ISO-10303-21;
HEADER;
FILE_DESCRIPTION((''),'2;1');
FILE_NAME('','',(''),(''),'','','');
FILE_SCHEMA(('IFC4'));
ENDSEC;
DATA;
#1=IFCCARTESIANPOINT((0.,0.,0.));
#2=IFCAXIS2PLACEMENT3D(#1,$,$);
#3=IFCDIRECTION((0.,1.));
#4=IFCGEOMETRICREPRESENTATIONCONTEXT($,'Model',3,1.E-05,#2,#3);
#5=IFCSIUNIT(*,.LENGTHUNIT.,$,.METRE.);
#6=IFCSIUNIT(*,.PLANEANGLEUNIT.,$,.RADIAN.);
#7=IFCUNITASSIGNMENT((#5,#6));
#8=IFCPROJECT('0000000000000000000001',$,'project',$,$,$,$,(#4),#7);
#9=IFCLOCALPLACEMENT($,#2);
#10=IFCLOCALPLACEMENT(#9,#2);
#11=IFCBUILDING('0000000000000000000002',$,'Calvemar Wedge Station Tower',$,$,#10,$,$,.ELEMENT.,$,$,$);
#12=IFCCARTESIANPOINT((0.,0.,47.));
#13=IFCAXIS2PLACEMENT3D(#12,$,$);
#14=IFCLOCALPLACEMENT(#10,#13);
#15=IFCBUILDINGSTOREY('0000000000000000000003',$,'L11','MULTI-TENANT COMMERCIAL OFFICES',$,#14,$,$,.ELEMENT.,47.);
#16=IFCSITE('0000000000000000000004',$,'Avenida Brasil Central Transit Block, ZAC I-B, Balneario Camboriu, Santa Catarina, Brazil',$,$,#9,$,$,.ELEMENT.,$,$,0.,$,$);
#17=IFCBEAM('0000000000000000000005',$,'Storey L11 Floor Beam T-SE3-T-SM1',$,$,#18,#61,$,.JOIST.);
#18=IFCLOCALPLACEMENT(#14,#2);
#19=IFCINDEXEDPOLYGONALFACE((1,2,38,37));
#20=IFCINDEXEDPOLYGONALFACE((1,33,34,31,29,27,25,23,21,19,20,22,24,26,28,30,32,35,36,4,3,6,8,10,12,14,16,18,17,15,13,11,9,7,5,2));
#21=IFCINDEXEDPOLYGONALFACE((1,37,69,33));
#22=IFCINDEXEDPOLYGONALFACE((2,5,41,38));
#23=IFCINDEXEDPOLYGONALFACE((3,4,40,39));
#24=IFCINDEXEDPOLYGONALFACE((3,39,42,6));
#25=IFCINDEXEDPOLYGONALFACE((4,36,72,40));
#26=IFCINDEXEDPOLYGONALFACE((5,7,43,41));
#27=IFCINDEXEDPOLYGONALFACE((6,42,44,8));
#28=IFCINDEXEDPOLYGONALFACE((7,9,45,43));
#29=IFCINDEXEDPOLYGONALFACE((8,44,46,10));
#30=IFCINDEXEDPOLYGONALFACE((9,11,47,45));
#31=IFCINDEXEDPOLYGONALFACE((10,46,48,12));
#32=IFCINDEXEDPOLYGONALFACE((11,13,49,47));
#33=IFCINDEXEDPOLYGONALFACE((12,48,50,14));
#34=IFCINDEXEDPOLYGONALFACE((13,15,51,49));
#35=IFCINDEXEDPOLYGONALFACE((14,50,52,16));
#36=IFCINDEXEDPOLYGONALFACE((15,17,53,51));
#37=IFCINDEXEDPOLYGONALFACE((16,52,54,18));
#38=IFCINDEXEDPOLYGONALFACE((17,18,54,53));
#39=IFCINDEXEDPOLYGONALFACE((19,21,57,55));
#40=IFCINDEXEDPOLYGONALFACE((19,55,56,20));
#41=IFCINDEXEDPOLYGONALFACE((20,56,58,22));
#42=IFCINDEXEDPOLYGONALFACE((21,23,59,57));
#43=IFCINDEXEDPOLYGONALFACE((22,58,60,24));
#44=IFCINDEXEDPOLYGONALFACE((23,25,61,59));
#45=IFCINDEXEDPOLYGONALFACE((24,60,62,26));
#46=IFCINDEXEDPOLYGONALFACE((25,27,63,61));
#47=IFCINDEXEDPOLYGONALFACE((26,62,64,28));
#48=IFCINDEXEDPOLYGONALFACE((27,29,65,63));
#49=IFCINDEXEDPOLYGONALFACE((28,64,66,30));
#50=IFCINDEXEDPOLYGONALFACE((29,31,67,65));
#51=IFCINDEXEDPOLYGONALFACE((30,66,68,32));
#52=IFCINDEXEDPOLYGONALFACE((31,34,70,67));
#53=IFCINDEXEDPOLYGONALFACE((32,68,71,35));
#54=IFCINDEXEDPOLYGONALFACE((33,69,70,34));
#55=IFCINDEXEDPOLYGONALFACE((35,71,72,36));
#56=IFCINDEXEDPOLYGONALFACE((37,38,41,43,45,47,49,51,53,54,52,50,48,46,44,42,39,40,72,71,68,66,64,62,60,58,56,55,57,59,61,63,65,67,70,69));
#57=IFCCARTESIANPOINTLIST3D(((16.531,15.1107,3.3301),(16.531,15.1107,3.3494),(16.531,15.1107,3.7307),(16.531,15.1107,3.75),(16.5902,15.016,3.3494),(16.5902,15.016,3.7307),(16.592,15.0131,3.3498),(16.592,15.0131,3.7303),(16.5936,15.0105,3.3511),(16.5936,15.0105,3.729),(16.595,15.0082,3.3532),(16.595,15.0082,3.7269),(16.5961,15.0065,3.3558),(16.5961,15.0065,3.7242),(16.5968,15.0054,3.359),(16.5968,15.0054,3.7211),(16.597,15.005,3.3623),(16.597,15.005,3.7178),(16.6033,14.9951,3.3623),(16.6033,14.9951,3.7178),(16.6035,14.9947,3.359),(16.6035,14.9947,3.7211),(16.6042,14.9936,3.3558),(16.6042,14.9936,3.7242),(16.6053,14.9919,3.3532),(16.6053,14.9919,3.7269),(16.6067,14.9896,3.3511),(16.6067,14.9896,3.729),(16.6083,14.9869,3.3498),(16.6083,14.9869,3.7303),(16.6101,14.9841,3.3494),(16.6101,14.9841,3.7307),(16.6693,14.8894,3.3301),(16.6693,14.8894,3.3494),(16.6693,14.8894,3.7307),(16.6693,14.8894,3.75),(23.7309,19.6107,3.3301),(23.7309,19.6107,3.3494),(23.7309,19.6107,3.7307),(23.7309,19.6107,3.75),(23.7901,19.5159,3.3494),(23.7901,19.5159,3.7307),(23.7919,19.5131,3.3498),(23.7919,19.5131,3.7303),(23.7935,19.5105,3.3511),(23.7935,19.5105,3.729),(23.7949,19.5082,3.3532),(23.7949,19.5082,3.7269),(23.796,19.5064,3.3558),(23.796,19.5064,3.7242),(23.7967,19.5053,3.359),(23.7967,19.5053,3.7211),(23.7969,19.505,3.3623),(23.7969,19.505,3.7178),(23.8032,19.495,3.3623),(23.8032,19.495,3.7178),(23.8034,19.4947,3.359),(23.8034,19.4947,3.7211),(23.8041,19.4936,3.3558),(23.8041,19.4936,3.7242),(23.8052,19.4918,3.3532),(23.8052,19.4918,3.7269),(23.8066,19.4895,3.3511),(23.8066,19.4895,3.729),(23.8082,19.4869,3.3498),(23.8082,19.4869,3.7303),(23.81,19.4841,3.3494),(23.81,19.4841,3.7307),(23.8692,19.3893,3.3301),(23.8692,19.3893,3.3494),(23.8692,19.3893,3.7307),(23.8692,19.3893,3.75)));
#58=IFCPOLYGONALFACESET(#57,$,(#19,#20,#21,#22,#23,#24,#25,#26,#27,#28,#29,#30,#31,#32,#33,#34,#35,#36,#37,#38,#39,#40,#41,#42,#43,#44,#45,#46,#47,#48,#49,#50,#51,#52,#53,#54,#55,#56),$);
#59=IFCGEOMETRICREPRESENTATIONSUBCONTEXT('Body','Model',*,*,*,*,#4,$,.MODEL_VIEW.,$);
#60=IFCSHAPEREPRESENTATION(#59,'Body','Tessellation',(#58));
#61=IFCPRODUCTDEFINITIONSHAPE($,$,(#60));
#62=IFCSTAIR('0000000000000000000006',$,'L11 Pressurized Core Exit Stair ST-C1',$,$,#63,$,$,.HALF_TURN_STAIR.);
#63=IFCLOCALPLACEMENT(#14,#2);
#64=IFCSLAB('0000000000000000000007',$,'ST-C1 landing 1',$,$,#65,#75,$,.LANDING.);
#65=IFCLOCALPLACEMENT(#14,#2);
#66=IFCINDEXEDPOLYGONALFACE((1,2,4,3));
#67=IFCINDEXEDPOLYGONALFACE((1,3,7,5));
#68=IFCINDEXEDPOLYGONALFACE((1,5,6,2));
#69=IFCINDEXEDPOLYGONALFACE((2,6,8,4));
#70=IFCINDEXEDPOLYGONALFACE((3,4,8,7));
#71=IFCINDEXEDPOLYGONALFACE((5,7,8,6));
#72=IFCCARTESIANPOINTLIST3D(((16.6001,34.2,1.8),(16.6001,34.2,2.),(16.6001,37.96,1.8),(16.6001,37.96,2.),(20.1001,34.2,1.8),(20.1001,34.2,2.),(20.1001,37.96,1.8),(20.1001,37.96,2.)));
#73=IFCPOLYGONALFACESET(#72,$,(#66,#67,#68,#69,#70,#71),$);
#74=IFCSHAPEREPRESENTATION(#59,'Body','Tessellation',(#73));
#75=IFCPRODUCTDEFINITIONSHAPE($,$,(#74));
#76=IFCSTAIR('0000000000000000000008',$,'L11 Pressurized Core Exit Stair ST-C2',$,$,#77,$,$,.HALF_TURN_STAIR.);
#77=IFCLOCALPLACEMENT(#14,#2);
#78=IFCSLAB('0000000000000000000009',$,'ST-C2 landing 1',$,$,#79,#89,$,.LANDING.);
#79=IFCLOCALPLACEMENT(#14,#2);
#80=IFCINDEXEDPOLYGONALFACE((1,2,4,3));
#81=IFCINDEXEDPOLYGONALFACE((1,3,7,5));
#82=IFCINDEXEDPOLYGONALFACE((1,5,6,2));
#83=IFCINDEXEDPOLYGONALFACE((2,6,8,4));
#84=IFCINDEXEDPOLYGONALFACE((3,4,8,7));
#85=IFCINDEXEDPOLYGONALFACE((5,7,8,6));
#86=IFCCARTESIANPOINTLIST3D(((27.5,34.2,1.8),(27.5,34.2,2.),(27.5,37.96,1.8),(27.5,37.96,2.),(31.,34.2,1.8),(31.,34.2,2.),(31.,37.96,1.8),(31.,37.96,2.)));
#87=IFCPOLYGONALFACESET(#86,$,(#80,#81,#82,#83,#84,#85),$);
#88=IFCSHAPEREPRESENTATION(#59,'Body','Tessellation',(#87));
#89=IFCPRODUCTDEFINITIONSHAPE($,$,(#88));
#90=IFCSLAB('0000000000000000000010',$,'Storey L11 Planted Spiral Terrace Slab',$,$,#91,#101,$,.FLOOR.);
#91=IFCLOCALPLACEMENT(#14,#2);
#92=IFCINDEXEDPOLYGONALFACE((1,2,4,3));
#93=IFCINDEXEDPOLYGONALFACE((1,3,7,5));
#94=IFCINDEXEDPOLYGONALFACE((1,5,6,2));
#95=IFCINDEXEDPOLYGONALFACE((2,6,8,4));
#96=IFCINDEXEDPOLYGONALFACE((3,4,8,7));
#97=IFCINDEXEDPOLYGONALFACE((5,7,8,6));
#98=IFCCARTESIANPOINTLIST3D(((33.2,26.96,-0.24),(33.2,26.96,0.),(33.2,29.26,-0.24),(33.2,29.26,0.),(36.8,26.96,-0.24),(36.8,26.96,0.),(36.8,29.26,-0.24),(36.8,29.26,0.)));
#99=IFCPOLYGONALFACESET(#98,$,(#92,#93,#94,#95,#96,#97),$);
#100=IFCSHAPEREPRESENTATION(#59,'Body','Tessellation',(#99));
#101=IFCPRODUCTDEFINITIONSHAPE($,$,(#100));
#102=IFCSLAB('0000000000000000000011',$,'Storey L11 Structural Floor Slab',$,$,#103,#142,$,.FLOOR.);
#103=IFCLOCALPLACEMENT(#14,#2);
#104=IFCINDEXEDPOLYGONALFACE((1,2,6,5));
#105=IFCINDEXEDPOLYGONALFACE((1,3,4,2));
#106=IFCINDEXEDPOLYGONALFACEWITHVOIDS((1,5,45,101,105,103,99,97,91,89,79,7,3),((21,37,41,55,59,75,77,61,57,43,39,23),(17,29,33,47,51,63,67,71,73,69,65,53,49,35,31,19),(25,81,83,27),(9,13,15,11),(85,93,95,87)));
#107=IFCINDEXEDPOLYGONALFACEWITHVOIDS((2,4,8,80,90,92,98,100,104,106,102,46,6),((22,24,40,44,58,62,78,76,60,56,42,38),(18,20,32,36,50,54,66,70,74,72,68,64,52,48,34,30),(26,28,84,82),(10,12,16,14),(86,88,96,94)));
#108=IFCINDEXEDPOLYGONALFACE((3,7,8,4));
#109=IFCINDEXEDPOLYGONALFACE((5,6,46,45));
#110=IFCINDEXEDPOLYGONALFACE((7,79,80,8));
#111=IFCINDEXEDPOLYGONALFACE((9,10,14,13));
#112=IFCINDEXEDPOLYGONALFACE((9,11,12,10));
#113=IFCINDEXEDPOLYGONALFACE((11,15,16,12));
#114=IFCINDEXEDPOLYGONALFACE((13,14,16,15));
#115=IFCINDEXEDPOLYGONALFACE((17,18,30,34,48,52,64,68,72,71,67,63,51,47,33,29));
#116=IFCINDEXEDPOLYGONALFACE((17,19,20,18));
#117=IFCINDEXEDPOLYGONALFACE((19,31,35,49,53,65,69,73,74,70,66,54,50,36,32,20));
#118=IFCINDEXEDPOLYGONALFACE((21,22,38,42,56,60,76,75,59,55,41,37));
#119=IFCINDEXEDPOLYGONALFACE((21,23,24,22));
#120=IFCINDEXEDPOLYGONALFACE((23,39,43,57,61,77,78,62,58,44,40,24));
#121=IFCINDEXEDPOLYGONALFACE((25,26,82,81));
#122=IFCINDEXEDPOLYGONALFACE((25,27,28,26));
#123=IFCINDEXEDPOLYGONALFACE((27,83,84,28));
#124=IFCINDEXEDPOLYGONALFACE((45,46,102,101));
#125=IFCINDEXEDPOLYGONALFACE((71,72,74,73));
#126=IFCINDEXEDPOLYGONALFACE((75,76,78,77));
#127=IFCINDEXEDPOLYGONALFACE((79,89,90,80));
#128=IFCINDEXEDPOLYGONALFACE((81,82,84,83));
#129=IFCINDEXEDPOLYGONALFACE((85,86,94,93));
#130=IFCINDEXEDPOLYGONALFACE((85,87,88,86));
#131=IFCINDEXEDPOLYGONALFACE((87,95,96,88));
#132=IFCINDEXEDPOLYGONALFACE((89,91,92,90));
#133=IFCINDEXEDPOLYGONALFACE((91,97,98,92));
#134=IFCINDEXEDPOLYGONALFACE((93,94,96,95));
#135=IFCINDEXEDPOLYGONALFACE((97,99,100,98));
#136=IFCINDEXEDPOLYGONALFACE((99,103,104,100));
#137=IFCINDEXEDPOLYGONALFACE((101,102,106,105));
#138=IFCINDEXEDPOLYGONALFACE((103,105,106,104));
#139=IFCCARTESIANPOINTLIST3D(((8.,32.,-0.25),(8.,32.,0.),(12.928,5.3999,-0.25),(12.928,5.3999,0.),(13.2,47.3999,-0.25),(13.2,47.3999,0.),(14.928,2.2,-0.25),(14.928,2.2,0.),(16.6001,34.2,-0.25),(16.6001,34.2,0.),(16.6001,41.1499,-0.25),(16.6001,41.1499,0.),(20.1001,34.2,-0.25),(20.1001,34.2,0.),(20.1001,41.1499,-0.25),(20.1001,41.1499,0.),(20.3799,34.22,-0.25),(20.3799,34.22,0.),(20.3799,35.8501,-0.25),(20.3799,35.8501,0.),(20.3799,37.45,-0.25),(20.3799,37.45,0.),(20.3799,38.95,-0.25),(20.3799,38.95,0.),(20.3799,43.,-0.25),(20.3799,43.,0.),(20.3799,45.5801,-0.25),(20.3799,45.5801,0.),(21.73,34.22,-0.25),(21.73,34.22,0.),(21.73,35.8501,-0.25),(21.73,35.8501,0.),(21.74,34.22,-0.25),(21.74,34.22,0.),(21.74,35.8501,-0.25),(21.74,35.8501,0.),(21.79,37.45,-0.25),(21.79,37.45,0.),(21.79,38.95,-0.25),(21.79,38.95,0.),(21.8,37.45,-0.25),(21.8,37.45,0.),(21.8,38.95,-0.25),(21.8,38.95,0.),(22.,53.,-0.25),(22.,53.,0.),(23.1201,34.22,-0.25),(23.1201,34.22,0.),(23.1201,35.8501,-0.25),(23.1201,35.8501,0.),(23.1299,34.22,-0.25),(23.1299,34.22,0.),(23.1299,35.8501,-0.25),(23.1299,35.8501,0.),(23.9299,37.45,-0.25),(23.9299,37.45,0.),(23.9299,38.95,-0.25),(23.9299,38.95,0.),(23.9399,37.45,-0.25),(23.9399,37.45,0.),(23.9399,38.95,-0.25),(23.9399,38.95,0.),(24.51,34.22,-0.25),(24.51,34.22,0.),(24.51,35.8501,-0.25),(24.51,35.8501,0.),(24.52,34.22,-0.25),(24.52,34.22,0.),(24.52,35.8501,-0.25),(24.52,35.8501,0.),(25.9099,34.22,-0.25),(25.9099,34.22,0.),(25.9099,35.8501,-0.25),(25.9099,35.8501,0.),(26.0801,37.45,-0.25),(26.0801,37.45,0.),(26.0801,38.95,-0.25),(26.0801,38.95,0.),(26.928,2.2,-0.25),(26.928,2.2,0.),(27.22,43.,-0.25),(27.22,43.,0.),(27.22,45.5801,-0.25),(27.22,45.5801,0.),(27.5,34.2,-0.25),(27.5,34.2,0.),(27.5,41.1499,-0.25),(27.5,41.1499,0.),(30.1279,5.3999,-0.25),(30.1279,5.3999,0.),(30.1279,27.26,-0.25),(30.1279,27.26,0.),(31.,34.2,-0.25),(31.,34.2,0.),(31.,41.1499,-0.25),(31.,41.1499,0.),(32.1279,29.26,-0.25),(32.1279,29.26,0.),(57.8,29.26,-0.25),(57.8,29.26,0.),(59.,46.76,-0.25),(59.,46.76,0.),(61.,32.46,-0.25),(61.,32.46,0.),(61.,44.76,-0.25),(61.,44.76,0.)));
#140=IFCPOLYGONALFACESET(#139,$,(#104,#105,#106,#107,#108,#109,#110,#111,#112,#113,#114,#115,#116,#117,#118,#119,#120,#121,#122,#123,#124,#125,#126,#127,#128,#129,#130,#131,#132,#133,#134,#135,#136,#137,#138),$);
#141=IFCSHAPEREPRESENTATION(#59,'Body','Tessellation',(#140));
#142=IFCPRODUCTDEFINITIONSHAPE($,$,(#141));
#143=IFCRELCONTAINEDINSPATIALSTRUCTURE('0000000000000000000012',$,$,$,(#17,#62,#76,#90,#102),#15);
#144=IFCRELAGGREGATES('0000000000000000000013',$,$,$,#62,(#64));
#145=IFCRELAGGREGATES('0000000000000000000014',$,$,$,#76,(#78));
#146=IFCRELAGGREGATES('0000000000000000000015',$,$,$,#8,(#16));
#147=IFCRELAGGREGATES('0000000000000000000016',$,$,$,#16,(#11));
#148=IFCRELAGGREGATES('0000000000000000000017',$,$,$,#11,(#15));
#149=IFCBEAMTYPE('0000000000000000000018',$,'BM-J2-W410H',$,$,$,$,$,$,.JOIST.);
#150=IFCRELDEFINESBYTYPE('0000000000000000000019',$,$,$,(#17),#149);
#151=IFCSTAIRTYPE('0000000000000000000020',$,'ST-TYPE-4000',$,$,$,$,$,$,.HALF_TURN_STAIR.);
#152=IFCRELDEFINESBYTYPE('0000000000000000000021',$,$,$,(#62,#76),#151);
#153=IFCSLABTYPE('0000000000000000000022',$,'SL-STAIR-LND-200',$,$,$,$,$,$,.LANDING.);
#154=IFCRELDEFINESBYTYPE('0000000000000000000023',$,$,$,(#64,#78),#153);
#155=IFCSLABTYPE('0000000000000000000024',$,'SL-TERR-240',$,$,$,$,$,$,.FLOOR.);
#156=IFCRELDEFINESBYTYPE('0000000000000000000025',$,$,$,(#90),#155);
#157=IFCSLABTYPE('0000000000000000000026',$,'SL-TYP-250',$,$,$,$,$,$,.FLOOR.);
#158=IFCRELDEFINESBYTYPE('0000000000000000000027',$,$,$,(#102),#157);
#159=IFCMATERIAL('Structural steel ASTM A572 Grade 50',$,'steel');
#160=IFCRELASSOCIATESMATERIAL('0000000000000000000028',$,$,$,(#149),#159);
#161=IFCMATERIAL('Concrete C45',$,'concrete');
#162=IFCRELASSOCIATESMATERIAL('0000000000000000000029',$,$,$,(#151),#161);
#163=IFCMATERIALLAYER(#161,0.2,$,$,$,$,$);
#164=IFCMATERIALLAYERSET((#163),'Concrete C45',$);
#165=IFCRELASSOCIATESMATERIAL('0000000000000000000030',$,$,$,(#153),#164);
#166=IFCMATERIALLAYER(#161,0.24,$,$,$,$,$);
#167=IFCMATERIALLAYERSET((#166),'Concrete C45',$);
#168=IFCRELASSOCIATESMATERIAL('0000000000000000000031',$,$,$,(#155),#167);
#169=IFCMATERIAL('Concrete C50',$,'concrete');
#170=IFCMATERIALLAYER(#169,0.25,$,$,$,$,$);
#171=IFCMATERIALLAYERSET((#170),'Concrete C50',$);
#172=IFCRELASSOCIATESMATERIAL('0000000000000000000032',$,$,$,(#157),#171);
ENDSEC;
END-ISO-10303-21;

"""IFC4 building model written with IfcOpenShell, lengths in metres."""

from ifc_helpers import new_model, si_unit, direction, frame, origin, origin_2d, place, context, subcontext, project, spatial, polyline, i_section, outline, extrude, source, transform, mapped, material, layer, layer_set, material_profile, profile_set, type_object, element, aggregate, save


model = new_model("IFC4")

# Units and contexts
model_context = context("Model", 3, precision=1e-05, world=origin(), true_north=direction((0.0, 1.0)))
body_context = subcontext(model_context, "Body", "Model", "MODEL_VIEW")
ifc_project = project(units=[si_unit("LENGTHUNIT", "METRE"), si_unit("PLANEANGLEUNIT", "RADIAN")], contexts=[model_context])

# Site, building, storey
site_placement = place(None, origin())
site = spatial("IfcSite", under=ifc_project, at=site_placement, Name="Avenida Brasil Central Transit Block, ZAC I-B, Balneario Camboriu, Santa Catarina, Brazil", CompositionType="ELEMENT", RefElevation=0.0)
building_placement = place(site_placement, origin())
building = spatial("IfcBuilding", under=site, at=building_placement, Name="Calvemar Wedge Station Tower", CompositionType="ELEMENT")
storey_placement = place(building_placement, frame((0.0, 0.0, 47.0)))
storey = spatial("IfcBuildingStorey", under=building, at=storey_placement, Name="L11", Description="MULTI-TENANT COMMERCIAL OFFICES", CompositionType="ELEMENT", Elevation=47.0)

# Beam
ifc_material_1 = material(Name="Structural steel ASTM A572 Grade 50", Category="steel")
ifc_material_profile_1 = material_profile(ifc_material_1, i_section(OverallWidth=0.261, OverallDepth=0.4199, WebThickness=0.0117, FlangeThickness=0.0193, FilletRadius=0.0129, at=origin_2d()), Name="W410x114")
ifc_profile_set_1 = profile_set([ifc_material_profile_1], Name="Structural steel ASTM A572 Grade 50")
beam_type_1 = type_object("IfcBeamType", Name="BM-J2-W410H", PredefinedType="JOIST", material=ifc_profile_set_1)
shared_shape_1 = source(origin(), body_context, "Body", "SweptSolid", [
    extrude(i_section(OverallWidth=0.261, OverallDepth=0.4199, WebThickness=0.0117, FlangeThickness=0.0193, FilletRadius=0.0129, at=origin_2d()), origin(), (0.0, 0.0, 1.0), 8.4905),
])
beam_1_placement = place(storey_placement, frame((23.8, 19.5, 3.54), z_axis=(-0.847997, -0.530002, 0.0), x_axis=(0.530002, -0.847997, 0.0)))
element("IfcBeam", 1, at=beam_1_placement, inside=storey, type_object=beam_type_1, Name="Storey L11 Floor Beam T-SE3-T-SM1", PredefinedType="JOIST", context=body_context, shape_type="MappedRepresentation", body=[
    mapped(shared_shape_1, transform((0.0, 0.0, 0.0), scale=1.0)),
])

# Stairs, slabs
ifc_material_2 = material(Name="Concrete C45", Category="concrete")
stair_type = type_object("IfcStairType", Name="ST-TYPE-4000", PredefinedType="HALF_TURN_STAIR", material=ifc_material_2)
stair_1_placement = place(storey_placement, origin())
stair_1 = element("IfcStair", 2, at=stair_1_placement, inside=storey, type_object=stair_type, Name="L11 Pressurized Core Exit Stair ST-C1", PredefinedType="HALF_TURN_STAIR")
ifc_layer_1 = layer(ifc_material_2, 0.2)
ifc_layer_set_1 = layer_set([ifc_layer_1], Name="Concrete C45")
slab_type_1 = type_object("IfcSlabType", Name="SL-STAIR-LND-200", PredefinedType="LANDING", material=ifc_layer_set_1)
slab_1_placement = place(storey_placement, frame((0.0, 0.0, 1.8)))
slab_1 = element("IfcSlab", 3, at=slab_1_placement, type_object=slab_type_1, Name="ST-C1 landing 1", PredefinedType="LANDING", context=body_context, shape_type="SweptSolid", body=[
    extrude(outline(polyline([(16.6001, 37.96), (16.6001, 34.2), (20.1001, 34.2), (20.1001, 37.96), (16.6001, 37.96)])), origin(), (0.0, 0.0, 1.0), 0.2),
])
aggregate(stair_1, [slab_1])
stair_2_placement = place(storey_placement, origin())
stair_2 = element("IfcStair", 4, at=stair_2_placement, inside=storey, type_object=stair_type, Name="L11 Pressurized Core Exit Stair ST-C2", PredefinedType="HALF_TURN_STAIR")
slab_2_placement = place(storey_placement, frame((0.0, 0.0, 1.8)))
slab_2 = element("IfcSlab", 5, at=slab_2_placement, type_object=slab_type_1, Name="ST-C2 landing 1", PredefinedType="LANDING", context=body_context, shape_type="SweptSolid", body=[
    extrude(outline(polyline([(27.5, 37.96), (27.5, 34.2), (31.0, 34.2), (31.0, 37.96), (27.5, 37.96)])), origin(), (0.0, 0.0, 1.0), 0.2),
])
aggregate(stair_2, [slab_2])

# Slabs
ifc_layer_2 = layer(ifc_material_2, 0.24)
ifc_layer_set_2 = layer_set([ifc_layer_2], Name="Concrete C45")
slab_type_2 = type_object("IfcSlabType", Name="SL-TERR-240", PredefinedType="FLOOR", material=ifc_layer_set_2)
slab_3_placement = place(storey_placement, frame((0.0, 0.0, -0.24)))
element("IfcSlab", 6, at=slab_3_placement, inside=storey, type_object=slab_type_2, Name="Storey L11 Planted Spiral Terrace Slab", PredefinedType="FLOOR", context=body_context, shape_type="SweptSolid", body=[
    extrude(outline(polyline([(33.2, 29.26), (33.2, 26.96), (36.8, 26.96), (36.8, 29.26), (33.2, 29.26)])), origin(), (0.0, 0.0, 1.0), 0.24),
])
ifc_material_3 = material(Name="Concrete C50", Category="concrete")
ifc_layer_3 = layer(ifc_material_3, 0.25)
ifc_layer_set_3 = layer_set([ifc_layer_3], Name="Concrete C50")
slab_type_3 = type_object("IfcSlabType", Name="SL-TYP-250", PredefinedType="FLOOR", material=ifc_layer_set_3)
slab_4_placement = place(storey_placement, frame((0.0, 0.0, -0.25)))
element("IfcSlab", 7, at=slab_4_placement, inside=storey, type_object=slab_type_3, Name="Storey L11 Structural Floor Slab", PredefinedType="FLOOR", context=body_context, shape_type="SweptSolid", body=[
    extrude(outline(polyline([(8.0, 32.0), (12.928, 5.3999), (14.928, 2.2), (26.928, 2.2), (30.1279, 5.3999), (30.1279, 27.26), (32.1279, 29.26), (57.8, 29.26), (61.0, 32.46), (61.0, 44.76), (59.0, 46.76), (22.0, 53.0), (13.2, 47.3999), (8.0, 32.0)]), holes=[polyline([(21.74, 35.8501), (21.73, 35.8501), (20.3799, 35.8501), (20.3799, 34.22), (21.73, 34.22), (21.74, 34.22), (23.1201, 34.22), (23.1299, 34.22), (24.51, 34.22), (24.52, 34.22), (25.9099, 34.22), (25.9099, 35.8501), (24.52, 35.8501), (24.51, 35.8501), (23.1299, 35.8501), (23.1201, 35.8501), (21.74, 35.8501)]), polyline([(16.6001, 41.1499), (16.6001, 34.2), (20.1001, 34.2), (20.1001, 41.1499), (16.6001, 41.1499)]), polyline([(27.5, 34.2), (31.0, 34.2), (31.0, 41.1499), (27.5, 41.1499), (27.5, 34.2)]), polyline([(21.79, 37.45), (21.8, 37.45), (23.9299, 37.45), (23.9399, 37.45), (26.0801, 37.45), (26.0801, 38.95), (23.9399, 38.95), (23.9299, 38.95), (21.8, 38.95), (21.79, 38.95), (20.3799, 38.95), (20.3799, 37.45), (21.79, 37.45)]), polyline([(20.3799, 43.0), (27.22, 43.0), (27.22, 45.5801), (20.3799, 45.5801), (20.3799, 43.0)])]), origin(), (0.0, 0.0, 1.0), 0.25),
])

save(model, "model.ifc")
